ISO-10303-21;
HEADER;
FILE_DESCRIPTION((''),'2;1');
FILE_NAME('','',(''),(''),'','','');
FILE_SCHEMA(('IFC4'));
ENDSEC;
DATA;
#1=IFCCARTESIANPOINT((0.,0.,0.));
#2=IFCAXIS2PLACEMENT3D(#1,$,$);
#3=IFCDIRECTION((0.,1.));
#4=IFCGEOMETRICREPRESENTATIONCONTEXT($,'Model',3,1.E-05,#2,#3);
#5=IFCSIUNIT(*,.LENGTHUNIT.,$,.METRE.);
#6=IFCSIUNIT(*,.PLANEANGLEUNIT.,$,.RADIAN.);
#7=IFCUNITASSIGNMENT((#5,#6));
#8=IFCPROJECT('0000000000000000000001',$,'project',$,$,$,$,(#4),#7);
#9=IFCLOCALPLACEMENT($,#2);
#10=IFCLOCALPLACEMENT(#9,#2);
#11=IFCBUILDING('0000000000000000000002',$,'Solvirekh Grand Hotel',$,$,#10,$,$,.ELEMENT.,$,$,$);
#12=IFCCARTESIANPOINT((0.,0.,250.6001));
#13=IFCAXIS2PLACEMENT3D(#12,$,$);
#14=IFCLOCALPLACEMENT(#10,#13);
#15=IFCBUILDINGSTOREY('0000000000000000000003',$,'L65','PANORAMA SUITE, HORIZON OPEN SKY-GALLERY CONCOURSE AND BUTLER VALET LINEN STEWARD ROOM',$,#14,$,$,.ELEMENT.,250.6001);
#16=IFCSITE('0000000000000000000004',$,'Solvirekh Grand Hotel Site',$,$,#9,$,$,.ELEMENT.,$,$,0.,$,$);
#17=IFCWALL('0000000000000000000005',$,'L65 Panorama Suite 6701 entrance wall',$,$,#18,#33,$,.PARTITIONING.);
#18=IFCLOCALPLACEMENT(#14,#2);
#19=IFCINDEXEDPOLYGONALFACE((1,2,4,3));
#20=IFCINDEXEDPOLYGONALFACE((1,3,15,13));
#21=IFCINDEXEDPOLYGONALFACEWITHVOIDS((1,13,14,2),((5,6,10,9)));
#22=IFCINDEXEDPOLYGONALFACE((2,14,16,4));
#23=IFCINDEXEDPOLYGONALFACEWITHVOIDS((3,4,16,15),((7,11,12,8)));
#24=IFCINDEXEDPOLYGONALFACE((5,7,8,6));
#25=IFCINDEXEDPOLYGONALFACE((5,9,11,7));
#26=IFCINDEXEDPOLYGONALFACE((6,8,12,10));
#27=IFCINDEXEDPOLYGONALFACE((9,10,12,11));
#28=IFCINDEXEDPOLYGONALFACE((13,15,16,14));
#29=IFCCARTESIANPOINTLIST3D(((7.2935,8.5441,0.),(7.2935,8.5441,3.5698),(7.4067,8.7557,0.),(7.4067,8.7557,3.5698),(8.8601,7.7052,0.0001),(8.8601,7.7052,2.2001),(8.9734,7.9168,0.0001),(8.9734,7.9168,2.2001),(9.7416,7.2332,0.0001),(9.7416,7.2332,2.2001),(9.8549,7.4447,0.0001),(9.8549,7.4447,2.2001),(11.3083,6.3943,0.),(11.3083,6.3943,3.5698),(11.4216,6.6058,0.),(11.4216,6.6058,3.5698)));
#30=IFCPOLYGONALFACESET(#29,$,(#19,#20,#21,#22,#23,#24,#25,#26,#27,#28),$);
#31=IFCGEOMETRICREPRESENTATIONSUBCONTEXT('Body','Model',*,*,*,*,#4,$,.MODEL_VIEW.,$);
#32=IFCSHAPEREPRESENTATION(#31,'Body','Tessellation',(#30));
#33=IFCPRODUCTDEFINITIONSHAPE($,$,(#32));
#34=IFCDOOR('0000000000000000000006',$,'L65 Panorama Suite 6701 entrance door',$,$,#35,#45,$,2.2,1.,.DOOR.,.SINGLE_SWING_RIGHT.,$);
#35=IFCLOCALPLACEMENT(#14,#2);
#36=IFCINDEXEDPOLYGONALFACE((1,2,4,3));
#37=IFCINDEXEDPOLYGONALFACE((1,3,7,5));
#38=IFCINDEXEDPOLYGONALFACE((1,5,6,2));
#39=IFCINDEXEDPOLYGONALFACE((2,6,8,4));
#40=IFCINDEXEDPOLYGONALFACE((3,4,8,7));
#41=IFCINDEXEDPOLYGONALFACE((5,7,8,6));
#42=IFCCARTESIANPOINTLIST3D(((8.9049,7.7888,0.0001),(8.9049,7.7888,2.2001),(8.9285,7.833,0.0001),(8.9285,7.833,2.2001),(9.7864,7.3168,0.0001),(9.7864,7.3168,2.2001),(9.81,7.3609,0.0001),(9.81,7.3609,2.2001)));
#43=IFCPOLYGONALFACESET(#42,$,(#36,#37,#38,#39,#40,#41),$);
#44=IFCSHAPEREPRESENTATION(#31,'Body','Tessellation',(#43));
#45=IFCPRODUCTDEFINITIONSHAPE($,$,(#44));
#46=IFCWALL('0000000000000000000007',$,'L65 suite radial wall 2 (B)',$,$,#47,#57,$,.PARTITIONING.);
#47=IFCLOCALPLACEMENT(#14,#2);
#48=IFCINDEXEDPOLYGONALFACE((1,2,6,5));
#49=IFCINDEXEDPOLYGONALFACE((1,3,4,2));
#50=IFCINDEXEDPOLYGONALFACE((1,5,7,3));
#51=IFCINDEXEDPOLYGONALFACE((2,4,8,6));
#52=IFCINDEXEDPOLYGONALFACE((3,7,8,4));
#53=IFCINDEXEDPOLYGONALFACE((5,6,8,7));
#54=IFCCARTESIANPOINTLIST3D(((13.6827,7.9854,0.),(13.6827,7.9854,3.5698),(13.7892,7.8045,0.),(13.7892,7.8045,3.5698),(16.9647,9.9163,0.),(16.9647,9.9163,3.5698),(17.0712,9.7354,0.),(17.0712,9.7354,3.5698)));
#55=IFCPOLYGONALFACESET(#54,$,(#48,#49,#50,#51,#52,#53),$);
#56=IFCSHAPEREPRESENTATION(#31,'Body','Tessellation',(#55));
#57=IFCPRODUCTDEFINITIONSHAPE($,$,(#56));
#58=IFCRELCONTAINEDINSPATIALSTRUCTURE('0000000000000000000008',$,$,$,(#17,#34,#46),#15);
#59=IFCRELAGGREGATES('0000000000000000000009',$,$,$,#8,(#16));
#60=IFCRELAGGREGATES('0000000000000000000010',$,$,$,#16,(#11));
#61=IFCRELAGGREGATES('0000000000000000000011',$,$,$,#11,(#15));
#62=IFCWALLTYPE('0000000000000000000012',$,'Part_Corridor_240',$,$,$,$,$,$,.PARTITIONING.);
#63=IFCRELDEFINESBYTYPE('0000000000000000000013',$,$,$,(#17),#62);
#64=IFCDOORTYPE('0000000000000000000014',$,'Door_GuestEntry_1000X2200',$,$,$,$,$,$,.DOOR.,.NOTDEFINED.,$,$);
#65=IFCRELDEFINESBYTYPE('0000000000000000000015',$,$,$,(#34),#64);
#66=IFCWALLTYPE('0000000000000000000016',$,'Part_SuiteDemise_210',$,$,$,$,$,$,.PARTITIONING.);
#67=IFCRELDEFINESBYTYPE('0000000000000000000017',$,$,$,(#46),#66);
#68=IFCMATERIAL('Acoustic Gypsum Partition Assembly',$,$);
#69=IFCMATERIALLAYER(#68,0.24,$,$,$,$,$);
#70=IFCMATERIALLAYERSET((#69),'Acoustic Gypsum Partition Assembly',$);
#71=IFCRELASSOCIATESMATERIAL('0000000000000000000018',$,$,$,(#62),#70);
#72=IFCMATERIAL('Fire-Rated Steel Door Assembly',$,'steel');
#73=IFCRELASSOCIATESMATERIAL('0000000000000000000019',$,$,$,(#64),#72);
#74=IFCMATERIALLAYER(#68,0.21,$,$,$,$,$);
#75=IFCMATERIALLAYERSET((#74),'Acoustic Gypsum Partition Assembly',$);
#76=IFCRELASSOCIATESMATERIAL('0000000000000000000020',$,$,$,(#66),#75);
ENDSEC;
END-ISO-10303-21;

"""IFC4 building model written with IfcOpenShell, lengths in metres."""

from ifc_helpers import new_model, si_unit, direction, frame, frame_2d, origin, place, context, subcontext, project, spatial, rectangle, extrude, material, layer, layer_set, type_object, element, fill, save


model = new_model("IFC4")

# Units and contexts
model_context = context("Model", 3, precision=1e-05, world=origin(), true_north=direction((0.0, 1.0)))
body_context = subcontext(model_context, "Body", "Model", "MODEL_VIEW")
ifc_project = project(units=[si_unit("LENGTHUNIT", "METRE"), si_unit("PLANEANGLEUNIT", "RADIAN")], contexts=[model_context])

# Site, building, storey
site_placement = place(None, origin())
site = spatial("IfcSite", under=ifc_project, at=site_placement, Name="Solvirekh Grand Hotel Site", CompositionType="ELEMENT", RefElevation=0.0)
building_placement = place(site_placement, origin())
building = spatial("IfcBuilding", under=site, at=building_placement, Name="Solvirekh Grand Hotel", CompositionType="ELEMENT")
storey_placement = place(building_placement, frame((0.0, 0.0, 250.6001)))
storey = spatial("IfcBuildingStorey", under=building, at=storey_placement, Name="L65", Description="PANORAMA SUITE, HORIZON OPEN SKY-GALLERY CONCOURSE AND BUTLER VALET LINEN STEWARD ROOM", CompositionType="ELEMENT", Elevation=250.6001)

# Wall, opening, door
ifc_material_1 = material(Name="Acoustic Gypsum Partition Assembly")
ifc_layer_1 = layer(ifc_material_1, 0.24)
ifc_layer_set_1 = layer_set([ifc_layer_1], Name="Acoustic Gypsum Partition Assembly")
wall_type_1 = type_object("IfcWallType", Name="Part_Corridor_240", PredefinedType="PARTITIONING", material=ifc_layer_set_1)
wall_1_placement = place(storey_placement, frame((7.3501, 8.6499, 0.0), z_axis=(0.0, 0.0, 1.0), x_axis=(0.881565, -0.472062, 0.0)))
wall_1 = element("IfcWall", 1, at=wall_1_placement, inside=storey, type_object=wall_type_1, Name="L65 Panorama Suite 6701 entrance wall", PredefinedType="PARTITIONING", context=body_context, shape_type="SweptSolid", body=[
    extrude(rectangle(XDim=4.5542, YDim=0.24, at=frame_2d((2.2771, 0.0))), origin(), (0.0, 0.0, 1.0), 3.5698),
])
opening_1_placement = place(wall_1_placement, frame((1.7771, 0.0, 0.0)))
opening_1 = element("IfcOpeningElement", 2, at=opening_1_placement, cuts=wall_1, PredefinedType="OPENING", context=body_context, shape_type="SweptSolid", body=[
    extrude(rectangle(XDim=1.0, YDim=2.2, at=frame_2d((0.5, 1.1001))), frame((0.0, 0.1299, 0.0), z_axis=(0.0, -1.0, 0.0), x_axis=(1.0, 0.0, 0.0)), (0.0, 0.0, 1.0), 0.26),
])
ifc_material_2 = material(Name="Fire-Rated Steel Door Assembly", Category="steel")
door_type = type_object("IfcDoorType", Name="Door_GuestEntry_1000X2200", OperationType="NOTDEFINED", PredefinedType="DOOR", material=ifc_material_2)
door_placement = place(opening_1_placement, origin())
door = element("IfcDoor", 3, at=door_placement, inside=storey, type_object=door_type, Name="L65 Panorama Suite 6701 entrance door", OperationType="SINGLE_SWING_RIGHT", OverallHeight=2.2, OverallWidth=1.0, PredefinedType="DOOR", context=body_context, shape_type="SweptSolid", body=[
    extrude(rectangle(XDim=1.0, YDim=2.2, at=frame_2d((0.5, 1.1001))), frame((0.0, 0.0249, 0.0), z_axis=(0.0, -1.0, 0.0), x_axis=(1.0, 0.0, 0.0)), (0.0, 0.0, 1.0), 0.05),
])
fill(opening_1, door)

# Wall
ifc_layer_2 = layer(ifc_material_1, 0.21)
ifc_layer_set_2 = layer_set([ifc_layer_2], Name="Acoustic Gypsum Partition Assembly")
wall_type_2 = type_object("IfcWallType", Name="Part_SuiteDemise_210", PredefinedType="PARTITIONING", material=ifc_layer_set_2)
wall_2_placement = place(storey_placement, frame((13.7361, 7.895, 0.0), z_axis=(0.0, 0.0, 1.0), x_axis=(0.861896, 0.507085, 0.0)))
element("IfcWall", 4, at=wall_2_placement, inside=storey, type_object=wall_type_2, Name="L65 suite radial wall 2 (B)", PredefinedType="PARTITIONING", context=body_context, shape_type="SweptSolid", body=[
    extrude(rectangle(XDim=3.8079, YDim=0.21, at=frame_2d((1.9038, 0.0))), origin(), (0.0, 0.0, 1.0), 3.5698),
])

save(model, "model.ifc")
